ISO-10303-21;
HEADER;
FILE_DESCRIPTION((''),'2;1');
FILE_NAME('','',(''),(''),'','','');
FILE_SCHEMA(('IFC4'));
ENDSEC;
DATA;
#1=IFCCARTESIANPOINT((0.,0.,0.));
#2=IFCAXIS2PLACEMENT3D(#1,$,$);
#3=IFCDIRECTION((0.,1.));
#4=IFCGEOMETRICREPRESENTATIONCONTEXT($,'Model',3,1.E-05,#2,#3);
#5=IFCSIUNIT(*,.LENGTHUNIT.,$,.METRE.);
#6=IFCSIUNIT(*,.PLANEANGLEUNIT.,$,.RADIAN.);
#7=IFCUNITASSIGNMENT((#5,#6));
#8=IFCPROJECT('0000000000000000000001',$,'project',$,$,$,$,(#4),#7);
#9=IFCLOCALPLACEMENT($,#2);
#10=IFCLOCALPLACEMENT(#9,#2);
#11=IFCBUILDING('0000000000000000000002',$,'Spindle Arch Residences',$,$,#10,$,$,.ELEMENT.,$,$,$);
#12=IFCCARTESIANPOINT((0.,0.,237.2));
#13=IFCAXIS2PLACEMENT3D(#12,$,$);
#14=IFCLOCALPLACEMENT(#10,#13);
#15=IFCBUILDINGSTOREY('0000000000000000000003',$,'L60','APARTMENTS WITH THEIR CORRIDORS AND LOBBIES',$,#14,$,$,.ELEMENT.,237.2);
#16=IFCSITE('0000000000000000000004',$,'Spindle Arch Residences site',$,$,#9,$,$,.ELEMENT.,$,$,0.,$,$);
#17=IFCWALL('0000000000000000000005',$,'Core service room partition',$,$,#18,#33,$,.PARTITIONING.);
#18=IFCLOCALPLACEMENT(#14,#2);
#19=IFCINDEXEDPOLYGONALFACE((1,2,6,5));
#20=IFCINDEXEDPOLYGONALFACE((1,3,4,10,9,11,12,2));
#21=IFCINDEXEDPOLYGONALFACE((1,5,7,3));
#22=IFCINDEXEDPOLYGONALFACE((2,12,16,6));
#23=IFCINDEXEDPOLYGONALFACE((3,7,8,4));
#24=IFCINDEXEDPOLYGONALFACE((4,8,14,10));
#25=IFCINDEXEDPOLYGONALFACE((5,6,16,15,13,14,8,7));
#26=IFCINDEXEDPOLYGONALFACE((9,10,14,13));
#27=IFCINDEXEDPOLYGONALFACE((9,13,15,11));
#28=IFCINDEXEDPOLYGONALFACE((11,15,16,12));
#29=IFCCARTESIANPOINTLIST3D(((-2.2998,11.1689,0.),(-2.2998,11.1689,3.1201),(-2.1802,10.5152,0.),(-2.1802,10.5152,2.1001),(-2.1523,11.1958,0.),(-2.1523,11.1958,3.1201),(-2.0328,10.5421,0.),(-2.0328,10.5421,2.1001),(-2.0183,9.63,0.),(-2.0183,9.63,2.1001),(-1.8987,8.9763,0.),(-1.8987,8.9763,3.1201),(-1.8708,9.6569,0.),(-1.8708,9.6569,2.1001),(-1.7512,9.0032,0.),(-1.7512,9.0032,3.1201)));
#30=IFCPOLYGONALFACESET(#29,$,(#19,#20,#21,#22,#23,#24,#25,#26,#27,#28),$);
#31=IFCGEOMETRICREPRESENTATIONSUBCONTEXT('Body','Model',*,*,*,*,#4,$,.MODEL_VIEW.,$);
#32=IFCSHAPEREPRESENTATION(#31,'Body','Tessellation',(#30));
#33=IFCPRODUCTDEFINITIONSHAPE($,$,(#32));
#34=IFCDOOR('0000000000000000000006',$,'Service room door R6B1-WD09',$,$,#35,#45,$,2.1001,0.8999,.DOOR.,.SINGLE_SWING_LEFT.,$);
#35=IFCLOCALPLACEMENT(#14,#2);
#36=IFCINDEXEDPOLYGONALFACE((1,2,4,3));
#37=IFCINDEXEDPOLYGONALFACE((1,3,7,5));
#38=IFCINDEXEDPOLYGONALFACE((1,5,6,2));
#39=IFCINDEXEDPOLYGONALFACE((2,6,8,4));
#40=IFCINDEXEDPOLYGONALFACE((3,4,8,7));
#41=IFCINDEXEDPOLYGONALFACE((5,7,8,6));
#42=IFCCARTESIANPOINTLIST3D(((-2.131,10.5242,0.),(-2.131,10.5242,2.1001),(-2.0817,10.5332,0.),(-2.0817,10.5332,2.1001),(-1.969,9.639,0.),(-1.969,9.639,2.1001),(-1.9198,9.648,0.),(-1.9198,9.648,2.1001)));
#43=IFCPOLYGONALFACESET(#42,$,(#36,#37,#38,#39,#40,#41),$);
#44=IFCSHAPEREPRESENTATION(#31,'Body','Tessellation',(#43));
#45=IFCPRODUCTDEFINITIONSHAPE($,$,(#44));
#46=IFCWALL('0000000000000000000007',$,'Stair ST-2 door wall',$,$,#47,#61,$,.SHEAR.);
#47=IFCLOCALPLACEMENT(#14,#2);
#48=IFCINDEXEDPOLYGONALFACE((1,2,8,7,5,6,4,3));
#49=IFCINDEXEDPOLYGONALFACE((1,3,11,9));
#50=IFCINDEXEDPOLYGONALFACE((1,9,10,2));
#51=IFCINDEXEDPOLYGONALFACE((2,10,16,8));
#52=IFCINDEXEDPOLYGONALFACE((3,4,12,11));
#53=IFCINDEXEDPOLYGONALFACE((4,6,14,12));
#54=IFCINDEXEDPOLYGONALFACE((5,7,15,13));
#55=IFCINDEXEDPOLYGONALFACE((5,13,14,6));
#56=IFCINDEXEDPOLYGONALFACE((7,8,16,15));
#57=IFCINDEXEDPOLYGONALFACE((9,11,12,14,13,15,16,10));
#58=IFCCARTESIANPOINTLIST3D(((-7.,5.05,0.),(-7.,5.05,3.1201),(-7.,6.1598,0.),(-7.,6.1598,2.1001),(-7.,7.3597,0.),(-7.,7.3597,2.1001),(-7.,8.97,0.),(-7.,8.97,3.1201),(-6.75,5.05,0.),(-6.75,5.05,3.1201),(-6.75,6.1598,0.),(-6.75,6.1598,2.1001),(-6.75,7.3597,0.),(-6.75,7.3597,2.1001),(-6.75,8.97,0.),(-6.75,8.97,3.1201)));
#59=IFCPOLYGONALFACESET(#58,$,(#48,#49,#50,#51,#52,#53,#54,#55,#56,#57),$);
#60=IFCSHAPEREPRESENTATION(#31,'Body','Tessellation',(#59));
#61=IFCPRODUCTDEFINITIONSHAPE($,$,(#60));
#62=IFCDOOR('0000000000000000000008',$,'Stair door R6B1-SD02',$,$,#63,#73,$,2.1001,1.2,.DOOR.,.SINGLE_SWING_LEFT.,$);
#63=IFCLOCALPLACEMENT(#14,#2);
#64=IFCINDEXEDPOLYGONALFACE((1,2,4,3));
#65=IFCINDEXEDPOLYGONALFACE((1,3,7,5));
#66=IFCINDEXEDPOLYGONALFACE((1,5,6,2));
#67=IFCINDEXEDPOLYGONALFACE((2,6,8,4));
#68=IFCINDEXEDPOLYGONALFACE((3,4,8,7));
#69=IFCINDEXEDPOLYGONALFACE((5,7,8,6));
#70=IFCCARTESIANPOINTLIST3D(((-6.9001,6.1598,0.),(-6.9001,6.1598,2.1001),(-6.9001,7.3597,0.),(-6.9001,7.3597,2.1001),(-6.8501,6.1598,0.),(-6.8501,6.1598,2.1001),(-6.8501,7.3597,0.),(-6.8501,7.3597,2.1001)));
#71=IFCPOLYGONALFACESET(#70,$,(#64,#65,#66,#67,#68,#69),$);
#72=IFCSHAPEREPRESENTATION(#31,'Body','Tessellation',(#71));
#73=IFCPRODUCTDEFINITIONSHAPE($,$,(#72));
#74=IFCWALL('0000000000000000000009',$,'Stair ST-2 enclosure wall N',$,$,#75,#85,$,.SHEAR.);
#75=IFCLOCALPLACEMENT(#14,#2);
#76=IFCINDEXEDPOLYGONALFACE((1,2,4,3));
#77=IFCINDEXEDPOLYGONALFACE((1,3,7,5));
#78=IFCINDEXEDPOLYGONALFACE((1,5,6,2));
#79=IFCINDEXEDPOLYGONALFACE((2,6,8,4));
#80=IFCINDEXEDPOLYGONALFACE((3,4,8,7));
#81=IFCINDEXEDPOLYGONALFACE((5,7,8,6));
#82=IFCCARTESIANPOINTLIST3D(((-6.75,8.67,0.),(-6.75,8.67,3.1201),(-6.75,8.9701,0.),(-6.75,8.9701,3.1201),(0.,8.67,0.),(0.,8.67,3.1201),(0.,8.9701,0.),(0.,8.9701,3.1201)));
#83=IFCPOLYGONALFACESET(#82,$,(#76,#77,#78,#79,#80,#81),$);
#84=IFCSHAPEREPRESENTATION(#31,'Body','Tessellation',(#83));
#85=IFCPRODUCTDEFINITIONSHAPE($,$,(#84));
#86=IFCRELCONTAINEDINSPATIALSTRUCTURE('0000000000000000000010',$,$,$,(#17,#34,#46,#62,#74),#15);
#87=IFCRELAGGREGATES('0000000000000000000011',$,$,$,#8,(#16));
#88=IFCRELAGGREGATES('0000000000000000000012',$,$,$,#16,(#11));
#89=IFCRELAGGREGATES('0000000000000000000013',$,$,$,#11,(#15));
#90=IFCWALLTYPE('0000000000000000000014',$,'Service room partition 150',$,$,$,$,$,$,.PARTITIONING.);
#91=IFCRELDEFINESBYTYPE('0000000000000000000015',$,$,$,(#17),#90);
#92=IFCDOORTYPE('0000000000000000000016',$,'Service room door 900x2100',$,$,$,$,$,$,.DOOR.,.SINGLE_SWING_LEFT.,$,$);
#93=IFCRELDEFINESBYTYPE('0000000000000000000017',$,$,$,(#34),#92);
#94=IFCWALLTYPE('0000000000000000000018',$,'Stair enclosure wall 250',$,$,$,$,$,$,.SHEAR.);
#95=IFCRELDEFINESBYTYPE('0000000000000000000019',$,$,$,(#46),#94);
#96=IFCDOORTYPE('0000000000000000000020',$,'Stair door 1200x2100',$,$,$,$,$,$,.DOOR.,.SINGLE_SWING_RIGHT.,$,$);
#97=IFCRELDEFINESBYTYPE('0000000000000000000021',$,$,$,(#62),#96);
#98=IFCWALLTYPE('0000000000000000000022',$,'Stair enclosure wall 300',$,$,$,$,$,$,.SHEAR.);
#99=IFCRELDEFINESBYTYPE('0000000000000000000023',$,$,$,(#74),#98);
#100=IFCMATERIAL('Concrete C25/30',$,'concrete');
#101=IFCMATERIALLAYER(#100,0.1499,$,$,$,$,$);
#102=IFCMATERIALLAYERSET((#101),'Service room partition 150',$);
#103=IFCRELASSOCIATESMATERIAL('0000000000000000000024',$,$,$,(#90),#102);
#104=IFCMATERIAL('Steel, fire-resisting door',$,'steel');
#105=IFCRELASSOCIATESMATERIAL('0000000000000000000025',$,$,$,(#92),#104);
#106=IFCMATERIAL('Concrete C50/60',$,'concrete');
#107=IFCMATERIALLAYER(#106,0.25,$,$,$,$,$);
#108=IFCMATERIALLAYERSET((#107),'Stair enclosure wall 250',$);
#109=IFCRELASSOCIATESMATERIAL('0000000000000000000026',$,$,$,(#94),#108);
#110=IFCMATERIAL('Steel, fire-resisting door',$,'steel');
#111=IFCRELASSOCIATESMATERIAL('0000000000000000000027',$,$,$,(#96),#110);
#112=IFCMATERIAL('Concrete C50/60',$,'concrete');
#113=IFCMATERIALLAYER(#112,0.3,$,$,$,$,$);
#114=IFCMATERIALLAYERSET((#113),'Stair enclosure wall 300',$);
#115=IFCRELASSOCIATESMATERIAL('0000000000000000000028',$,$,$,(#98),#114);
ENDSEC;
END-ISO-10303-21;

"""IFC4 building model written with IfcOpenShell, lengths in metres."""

from ifc_helpers import new_model, si_unit, direction, frame, frame_2d, origin, place, context, subcontext, project, spatial, rectangle, extrude, material, layer, layer_set, type_object, element, fill, save


model = new_model("IFC4")

# Units and contexts
model_context = context("Model", 3, precision=1e-05, world=origin(), true_north=direction((0.0, 1.0)))
body_context = subcontext(model_context, "Body", "Model", "MODEL_VIEW")
ifc_project = project(units=[si_unit("LENGTHUNIT", "METRE"), si_unit("PLANEANGLEUNIT", "RADIAN")], contexts=[model_context])

# Site, building, storey
site_placement = place(None, origin())
site = spatial("IfcSite", under=ifc_project, at=site_placement, Name="Spindle Arch Residences site", CompositionType="ELEMENT", RefElevation=0.0)
building_placement = place(site_placement, origin())
building = spatial("IfcBuilding", under=site, at=building_placement, Name="Spindle Arch Residences", CompositionType="ELEMENT")
storey_placement = place(building_placement, frame((0.0, 0.0, 237.2)))
storey = spatial("IfcBuildingStorey", under=building, at=storey_placement, Name="L60", Description="APARTMENTS WITH THEIR CORRIDORS AND LOBBIES", CompositionType="ELEMENT", Elevation=237.2)

# Walls, openings, doors
ifc_material_1 = material(Name="Concrete C25/30", Category="concrete")
ifc_layer_1 = layer(ifc_material_1, 0.1499)
ifc_layer_set_1 = layer_set([ifc_layer_1], Name="Service room partition 150")
wall_type_1 = type_object("IfcWallType", Name="Service room partition 150", PredefinedType="PARTITIONING", material=ifc_layer_set_1)
wall_1_placement = place(storey_placement, frame((-1.825, 8.9897, 0.0), z_axis=(0.0, 0.0, 1.0), x_axis=(-0.179955, 0.983675, 0.0)))
wall_1 = element("IfcWall", 1, at=wall_1_placement, inside=storey, type_object=wall_type_1, Name="Core service room partition", PredefinedType="PARTITIONING", context=body_context, shape_type="SweptSolid", body=[
    extrude(rectangle(XDim=2.229, YDim=0.1499, at=frame_2d((1.1145, 0.0))), origin(), (0.0, 0.0, 1.0), 3.1201),
])
opening_1_placement = place(wall_1_placement, frame((0.6646, 0.0, 0.0)))
opening_1 = element("IfcOpeningElement", 2, at=opening_1_placement, cuts=wall_1, PredefinedType="OPENING", context=body_context, shape_type="SweptSolid", body=[
    extrude(rectangle(XDim=0.8999, YDim=2.1001, at=frame_2d((0.45, 1.05))), frame((0.0, 0.085, 0.0), z_axis=(0.0, -1.0, 0.0), x_axis=(1.0, 0.0, 0.0)), (0.0, 0.0, 1.0), 0.1699),
])
ifc_material_2 = material(Name="Steel, fire-resisting door", Category="steel")
door_type_1 = type_object("IfcDoorType", Name="Service room door 900x2100", OperationType="SINGLE_SWING_LEFT", PredefinedType="DOOR", material=ifc_material_2)
door_1_placement = place(opening_1_placement, origin())
door_1 = element("IfcDoor", 3, at=door_1_placement, inside=storey, type_object=door_type_1, Name="Service room door R6B1-WD09", OperationType="SINGLE_SWING_LEFT", OverallHeight=2.1001, OverallWidth=0.8999, PredefinedType="DOOR", context=body_context, shape_type="SweptSolid", body=[
    extrude(rectangle(XDim=0.8999, YDim=2.1001, at=frame_2d((0.45, 1.05))), frame((0.0, 0.0249, 0.0), z_axis=(0.0, -1.0, 0.0), x_axis=(1.0, 0.0, 0.0)), (0.0, 0.0, 1.0), 0.05),
])
fill(opening_1, door_1)
ifc_material_3 = material(Name="Concrete C50/60", Category="concrete")
ifc_layer_2 = layer(ifc_material_3, 0.25)
ifc_layer_set_2 = layer_set([ifc_layer_2], Name="Stair enclosure wall 250")
wall_type_2 = type_object("IfcWallType", Name="Stair enclosure wall 250", PredefinedType="SHEAR", material=ifc_layer_set_2)
wall_2_placement = place(storey_placement, frame((-6.875, 8.97, 0.0), z_axis=(0.0, 0.0, 1.0), x_axis=(0.0, -1.0, 0.0)))
wall_2 = element("IfcWall", 4, at=wall_2_placement, inside=storey, type_object=wall_type_2, Name="Stair ST-2 door wall", PredefinedType="SHEAR", context=body_context, shape_type="SweptSolid", body=[
    extrude(rectangle(XDim=3.9199, YDim=0.25, at=frame_2d((1.96, 0.0))), origin(), (0.0, 0.0, 1.0), 3.1201),
])
opening_2_placement = place(wall_2_placement, frame((1.6101, 0.0, 0.0)))
opening_2 = element("IfcOpeningElement", 5, at=opening_2_placement, cuts=wall_2, PredefinedType="OPENING", context=body_context, shape_type="SweptSolid", body=[
    extrude(rectangle(XDim=1.2, YDim=2.1001, at=frame_2d((0.6001, 1.05))), frame((0.0, 0.135, 0.0), z_axis=(0.0, -1.0, 0.0), x_axis=(1.0, 0.0, 0.0)), (0.0, 0.0, 1.0), 0.27),
])
ifc_material_4 = material(Name="Steel, fire-resisting door", Category="steel")
door_type_2 = type_object("IfcDoorType", Name="Stair door 1200x2100", OperationType="SINGLE_SWING_RIGHT", PredefinedType="DOOR", material=ifc_material_4)
door_2_placement = place(opening_2_placement, origin())
door_2 = element("IfcDoor", 6, at=door_2_placement, inside=storey, type_object=door_type_2, Name="Stair door R6B1-SD02", OperationType="SINGLE_SWING_LEFT", OverallHeight=2.1001, OverallWidth=1.2, PredefinedType="DOOR", context=body_context, shape_type="SweptSolid", body=[
    extrude(rectangle(XDim=1.2, YDim=2.1001, at=frame_2d((0.6001, 1.05))), frame((0.0, 0.0249, 0.0), z_axis=(0.0, -1.0, 0.0), x_axis=(1.0, 0.0, 0.0)), (0.0, 0.0, 1.0), 0.05),
])
fill(opening_2, door_2)

# Wall
ifc_material_5 = material(Name="Concrete C50/60", Category="concrete")
ifc_layer_3 = layer(ifc_material_5, 0.3)
ifc_layer_set_3 = layer_set([ifc_layer_3], Name="Stair enclosure wall 300")
wall_type_3 = type_object("IfcWallType", Name="Stair enclosure wall 300", PredefinedType="SHEAR", material=ifc_layer_set_3)
wall_3_placement = place(storey_placement, frame((-6.75, 8.8201, 0.0), z_axis=(0.0, 0.0, 1.0), x_axis=(1.0, 0.0, 0.0)))
element("IfcWall", 7, at=wall_3_placement, inside=storey, type_object=wall_type_3, Name="Stair ST-2 enclosure wall N", PredefinedType="SHEAR", context=body_context, shape_type="SweptSolid", body=[
    extrude(rectangle(XDim=6.75, YDim=0.3, at=frame_2d((3.375, 0.0))), origin(), (0.0, 0.0, 1.0), 3.1201),
])

save(model, "model.ifc")
